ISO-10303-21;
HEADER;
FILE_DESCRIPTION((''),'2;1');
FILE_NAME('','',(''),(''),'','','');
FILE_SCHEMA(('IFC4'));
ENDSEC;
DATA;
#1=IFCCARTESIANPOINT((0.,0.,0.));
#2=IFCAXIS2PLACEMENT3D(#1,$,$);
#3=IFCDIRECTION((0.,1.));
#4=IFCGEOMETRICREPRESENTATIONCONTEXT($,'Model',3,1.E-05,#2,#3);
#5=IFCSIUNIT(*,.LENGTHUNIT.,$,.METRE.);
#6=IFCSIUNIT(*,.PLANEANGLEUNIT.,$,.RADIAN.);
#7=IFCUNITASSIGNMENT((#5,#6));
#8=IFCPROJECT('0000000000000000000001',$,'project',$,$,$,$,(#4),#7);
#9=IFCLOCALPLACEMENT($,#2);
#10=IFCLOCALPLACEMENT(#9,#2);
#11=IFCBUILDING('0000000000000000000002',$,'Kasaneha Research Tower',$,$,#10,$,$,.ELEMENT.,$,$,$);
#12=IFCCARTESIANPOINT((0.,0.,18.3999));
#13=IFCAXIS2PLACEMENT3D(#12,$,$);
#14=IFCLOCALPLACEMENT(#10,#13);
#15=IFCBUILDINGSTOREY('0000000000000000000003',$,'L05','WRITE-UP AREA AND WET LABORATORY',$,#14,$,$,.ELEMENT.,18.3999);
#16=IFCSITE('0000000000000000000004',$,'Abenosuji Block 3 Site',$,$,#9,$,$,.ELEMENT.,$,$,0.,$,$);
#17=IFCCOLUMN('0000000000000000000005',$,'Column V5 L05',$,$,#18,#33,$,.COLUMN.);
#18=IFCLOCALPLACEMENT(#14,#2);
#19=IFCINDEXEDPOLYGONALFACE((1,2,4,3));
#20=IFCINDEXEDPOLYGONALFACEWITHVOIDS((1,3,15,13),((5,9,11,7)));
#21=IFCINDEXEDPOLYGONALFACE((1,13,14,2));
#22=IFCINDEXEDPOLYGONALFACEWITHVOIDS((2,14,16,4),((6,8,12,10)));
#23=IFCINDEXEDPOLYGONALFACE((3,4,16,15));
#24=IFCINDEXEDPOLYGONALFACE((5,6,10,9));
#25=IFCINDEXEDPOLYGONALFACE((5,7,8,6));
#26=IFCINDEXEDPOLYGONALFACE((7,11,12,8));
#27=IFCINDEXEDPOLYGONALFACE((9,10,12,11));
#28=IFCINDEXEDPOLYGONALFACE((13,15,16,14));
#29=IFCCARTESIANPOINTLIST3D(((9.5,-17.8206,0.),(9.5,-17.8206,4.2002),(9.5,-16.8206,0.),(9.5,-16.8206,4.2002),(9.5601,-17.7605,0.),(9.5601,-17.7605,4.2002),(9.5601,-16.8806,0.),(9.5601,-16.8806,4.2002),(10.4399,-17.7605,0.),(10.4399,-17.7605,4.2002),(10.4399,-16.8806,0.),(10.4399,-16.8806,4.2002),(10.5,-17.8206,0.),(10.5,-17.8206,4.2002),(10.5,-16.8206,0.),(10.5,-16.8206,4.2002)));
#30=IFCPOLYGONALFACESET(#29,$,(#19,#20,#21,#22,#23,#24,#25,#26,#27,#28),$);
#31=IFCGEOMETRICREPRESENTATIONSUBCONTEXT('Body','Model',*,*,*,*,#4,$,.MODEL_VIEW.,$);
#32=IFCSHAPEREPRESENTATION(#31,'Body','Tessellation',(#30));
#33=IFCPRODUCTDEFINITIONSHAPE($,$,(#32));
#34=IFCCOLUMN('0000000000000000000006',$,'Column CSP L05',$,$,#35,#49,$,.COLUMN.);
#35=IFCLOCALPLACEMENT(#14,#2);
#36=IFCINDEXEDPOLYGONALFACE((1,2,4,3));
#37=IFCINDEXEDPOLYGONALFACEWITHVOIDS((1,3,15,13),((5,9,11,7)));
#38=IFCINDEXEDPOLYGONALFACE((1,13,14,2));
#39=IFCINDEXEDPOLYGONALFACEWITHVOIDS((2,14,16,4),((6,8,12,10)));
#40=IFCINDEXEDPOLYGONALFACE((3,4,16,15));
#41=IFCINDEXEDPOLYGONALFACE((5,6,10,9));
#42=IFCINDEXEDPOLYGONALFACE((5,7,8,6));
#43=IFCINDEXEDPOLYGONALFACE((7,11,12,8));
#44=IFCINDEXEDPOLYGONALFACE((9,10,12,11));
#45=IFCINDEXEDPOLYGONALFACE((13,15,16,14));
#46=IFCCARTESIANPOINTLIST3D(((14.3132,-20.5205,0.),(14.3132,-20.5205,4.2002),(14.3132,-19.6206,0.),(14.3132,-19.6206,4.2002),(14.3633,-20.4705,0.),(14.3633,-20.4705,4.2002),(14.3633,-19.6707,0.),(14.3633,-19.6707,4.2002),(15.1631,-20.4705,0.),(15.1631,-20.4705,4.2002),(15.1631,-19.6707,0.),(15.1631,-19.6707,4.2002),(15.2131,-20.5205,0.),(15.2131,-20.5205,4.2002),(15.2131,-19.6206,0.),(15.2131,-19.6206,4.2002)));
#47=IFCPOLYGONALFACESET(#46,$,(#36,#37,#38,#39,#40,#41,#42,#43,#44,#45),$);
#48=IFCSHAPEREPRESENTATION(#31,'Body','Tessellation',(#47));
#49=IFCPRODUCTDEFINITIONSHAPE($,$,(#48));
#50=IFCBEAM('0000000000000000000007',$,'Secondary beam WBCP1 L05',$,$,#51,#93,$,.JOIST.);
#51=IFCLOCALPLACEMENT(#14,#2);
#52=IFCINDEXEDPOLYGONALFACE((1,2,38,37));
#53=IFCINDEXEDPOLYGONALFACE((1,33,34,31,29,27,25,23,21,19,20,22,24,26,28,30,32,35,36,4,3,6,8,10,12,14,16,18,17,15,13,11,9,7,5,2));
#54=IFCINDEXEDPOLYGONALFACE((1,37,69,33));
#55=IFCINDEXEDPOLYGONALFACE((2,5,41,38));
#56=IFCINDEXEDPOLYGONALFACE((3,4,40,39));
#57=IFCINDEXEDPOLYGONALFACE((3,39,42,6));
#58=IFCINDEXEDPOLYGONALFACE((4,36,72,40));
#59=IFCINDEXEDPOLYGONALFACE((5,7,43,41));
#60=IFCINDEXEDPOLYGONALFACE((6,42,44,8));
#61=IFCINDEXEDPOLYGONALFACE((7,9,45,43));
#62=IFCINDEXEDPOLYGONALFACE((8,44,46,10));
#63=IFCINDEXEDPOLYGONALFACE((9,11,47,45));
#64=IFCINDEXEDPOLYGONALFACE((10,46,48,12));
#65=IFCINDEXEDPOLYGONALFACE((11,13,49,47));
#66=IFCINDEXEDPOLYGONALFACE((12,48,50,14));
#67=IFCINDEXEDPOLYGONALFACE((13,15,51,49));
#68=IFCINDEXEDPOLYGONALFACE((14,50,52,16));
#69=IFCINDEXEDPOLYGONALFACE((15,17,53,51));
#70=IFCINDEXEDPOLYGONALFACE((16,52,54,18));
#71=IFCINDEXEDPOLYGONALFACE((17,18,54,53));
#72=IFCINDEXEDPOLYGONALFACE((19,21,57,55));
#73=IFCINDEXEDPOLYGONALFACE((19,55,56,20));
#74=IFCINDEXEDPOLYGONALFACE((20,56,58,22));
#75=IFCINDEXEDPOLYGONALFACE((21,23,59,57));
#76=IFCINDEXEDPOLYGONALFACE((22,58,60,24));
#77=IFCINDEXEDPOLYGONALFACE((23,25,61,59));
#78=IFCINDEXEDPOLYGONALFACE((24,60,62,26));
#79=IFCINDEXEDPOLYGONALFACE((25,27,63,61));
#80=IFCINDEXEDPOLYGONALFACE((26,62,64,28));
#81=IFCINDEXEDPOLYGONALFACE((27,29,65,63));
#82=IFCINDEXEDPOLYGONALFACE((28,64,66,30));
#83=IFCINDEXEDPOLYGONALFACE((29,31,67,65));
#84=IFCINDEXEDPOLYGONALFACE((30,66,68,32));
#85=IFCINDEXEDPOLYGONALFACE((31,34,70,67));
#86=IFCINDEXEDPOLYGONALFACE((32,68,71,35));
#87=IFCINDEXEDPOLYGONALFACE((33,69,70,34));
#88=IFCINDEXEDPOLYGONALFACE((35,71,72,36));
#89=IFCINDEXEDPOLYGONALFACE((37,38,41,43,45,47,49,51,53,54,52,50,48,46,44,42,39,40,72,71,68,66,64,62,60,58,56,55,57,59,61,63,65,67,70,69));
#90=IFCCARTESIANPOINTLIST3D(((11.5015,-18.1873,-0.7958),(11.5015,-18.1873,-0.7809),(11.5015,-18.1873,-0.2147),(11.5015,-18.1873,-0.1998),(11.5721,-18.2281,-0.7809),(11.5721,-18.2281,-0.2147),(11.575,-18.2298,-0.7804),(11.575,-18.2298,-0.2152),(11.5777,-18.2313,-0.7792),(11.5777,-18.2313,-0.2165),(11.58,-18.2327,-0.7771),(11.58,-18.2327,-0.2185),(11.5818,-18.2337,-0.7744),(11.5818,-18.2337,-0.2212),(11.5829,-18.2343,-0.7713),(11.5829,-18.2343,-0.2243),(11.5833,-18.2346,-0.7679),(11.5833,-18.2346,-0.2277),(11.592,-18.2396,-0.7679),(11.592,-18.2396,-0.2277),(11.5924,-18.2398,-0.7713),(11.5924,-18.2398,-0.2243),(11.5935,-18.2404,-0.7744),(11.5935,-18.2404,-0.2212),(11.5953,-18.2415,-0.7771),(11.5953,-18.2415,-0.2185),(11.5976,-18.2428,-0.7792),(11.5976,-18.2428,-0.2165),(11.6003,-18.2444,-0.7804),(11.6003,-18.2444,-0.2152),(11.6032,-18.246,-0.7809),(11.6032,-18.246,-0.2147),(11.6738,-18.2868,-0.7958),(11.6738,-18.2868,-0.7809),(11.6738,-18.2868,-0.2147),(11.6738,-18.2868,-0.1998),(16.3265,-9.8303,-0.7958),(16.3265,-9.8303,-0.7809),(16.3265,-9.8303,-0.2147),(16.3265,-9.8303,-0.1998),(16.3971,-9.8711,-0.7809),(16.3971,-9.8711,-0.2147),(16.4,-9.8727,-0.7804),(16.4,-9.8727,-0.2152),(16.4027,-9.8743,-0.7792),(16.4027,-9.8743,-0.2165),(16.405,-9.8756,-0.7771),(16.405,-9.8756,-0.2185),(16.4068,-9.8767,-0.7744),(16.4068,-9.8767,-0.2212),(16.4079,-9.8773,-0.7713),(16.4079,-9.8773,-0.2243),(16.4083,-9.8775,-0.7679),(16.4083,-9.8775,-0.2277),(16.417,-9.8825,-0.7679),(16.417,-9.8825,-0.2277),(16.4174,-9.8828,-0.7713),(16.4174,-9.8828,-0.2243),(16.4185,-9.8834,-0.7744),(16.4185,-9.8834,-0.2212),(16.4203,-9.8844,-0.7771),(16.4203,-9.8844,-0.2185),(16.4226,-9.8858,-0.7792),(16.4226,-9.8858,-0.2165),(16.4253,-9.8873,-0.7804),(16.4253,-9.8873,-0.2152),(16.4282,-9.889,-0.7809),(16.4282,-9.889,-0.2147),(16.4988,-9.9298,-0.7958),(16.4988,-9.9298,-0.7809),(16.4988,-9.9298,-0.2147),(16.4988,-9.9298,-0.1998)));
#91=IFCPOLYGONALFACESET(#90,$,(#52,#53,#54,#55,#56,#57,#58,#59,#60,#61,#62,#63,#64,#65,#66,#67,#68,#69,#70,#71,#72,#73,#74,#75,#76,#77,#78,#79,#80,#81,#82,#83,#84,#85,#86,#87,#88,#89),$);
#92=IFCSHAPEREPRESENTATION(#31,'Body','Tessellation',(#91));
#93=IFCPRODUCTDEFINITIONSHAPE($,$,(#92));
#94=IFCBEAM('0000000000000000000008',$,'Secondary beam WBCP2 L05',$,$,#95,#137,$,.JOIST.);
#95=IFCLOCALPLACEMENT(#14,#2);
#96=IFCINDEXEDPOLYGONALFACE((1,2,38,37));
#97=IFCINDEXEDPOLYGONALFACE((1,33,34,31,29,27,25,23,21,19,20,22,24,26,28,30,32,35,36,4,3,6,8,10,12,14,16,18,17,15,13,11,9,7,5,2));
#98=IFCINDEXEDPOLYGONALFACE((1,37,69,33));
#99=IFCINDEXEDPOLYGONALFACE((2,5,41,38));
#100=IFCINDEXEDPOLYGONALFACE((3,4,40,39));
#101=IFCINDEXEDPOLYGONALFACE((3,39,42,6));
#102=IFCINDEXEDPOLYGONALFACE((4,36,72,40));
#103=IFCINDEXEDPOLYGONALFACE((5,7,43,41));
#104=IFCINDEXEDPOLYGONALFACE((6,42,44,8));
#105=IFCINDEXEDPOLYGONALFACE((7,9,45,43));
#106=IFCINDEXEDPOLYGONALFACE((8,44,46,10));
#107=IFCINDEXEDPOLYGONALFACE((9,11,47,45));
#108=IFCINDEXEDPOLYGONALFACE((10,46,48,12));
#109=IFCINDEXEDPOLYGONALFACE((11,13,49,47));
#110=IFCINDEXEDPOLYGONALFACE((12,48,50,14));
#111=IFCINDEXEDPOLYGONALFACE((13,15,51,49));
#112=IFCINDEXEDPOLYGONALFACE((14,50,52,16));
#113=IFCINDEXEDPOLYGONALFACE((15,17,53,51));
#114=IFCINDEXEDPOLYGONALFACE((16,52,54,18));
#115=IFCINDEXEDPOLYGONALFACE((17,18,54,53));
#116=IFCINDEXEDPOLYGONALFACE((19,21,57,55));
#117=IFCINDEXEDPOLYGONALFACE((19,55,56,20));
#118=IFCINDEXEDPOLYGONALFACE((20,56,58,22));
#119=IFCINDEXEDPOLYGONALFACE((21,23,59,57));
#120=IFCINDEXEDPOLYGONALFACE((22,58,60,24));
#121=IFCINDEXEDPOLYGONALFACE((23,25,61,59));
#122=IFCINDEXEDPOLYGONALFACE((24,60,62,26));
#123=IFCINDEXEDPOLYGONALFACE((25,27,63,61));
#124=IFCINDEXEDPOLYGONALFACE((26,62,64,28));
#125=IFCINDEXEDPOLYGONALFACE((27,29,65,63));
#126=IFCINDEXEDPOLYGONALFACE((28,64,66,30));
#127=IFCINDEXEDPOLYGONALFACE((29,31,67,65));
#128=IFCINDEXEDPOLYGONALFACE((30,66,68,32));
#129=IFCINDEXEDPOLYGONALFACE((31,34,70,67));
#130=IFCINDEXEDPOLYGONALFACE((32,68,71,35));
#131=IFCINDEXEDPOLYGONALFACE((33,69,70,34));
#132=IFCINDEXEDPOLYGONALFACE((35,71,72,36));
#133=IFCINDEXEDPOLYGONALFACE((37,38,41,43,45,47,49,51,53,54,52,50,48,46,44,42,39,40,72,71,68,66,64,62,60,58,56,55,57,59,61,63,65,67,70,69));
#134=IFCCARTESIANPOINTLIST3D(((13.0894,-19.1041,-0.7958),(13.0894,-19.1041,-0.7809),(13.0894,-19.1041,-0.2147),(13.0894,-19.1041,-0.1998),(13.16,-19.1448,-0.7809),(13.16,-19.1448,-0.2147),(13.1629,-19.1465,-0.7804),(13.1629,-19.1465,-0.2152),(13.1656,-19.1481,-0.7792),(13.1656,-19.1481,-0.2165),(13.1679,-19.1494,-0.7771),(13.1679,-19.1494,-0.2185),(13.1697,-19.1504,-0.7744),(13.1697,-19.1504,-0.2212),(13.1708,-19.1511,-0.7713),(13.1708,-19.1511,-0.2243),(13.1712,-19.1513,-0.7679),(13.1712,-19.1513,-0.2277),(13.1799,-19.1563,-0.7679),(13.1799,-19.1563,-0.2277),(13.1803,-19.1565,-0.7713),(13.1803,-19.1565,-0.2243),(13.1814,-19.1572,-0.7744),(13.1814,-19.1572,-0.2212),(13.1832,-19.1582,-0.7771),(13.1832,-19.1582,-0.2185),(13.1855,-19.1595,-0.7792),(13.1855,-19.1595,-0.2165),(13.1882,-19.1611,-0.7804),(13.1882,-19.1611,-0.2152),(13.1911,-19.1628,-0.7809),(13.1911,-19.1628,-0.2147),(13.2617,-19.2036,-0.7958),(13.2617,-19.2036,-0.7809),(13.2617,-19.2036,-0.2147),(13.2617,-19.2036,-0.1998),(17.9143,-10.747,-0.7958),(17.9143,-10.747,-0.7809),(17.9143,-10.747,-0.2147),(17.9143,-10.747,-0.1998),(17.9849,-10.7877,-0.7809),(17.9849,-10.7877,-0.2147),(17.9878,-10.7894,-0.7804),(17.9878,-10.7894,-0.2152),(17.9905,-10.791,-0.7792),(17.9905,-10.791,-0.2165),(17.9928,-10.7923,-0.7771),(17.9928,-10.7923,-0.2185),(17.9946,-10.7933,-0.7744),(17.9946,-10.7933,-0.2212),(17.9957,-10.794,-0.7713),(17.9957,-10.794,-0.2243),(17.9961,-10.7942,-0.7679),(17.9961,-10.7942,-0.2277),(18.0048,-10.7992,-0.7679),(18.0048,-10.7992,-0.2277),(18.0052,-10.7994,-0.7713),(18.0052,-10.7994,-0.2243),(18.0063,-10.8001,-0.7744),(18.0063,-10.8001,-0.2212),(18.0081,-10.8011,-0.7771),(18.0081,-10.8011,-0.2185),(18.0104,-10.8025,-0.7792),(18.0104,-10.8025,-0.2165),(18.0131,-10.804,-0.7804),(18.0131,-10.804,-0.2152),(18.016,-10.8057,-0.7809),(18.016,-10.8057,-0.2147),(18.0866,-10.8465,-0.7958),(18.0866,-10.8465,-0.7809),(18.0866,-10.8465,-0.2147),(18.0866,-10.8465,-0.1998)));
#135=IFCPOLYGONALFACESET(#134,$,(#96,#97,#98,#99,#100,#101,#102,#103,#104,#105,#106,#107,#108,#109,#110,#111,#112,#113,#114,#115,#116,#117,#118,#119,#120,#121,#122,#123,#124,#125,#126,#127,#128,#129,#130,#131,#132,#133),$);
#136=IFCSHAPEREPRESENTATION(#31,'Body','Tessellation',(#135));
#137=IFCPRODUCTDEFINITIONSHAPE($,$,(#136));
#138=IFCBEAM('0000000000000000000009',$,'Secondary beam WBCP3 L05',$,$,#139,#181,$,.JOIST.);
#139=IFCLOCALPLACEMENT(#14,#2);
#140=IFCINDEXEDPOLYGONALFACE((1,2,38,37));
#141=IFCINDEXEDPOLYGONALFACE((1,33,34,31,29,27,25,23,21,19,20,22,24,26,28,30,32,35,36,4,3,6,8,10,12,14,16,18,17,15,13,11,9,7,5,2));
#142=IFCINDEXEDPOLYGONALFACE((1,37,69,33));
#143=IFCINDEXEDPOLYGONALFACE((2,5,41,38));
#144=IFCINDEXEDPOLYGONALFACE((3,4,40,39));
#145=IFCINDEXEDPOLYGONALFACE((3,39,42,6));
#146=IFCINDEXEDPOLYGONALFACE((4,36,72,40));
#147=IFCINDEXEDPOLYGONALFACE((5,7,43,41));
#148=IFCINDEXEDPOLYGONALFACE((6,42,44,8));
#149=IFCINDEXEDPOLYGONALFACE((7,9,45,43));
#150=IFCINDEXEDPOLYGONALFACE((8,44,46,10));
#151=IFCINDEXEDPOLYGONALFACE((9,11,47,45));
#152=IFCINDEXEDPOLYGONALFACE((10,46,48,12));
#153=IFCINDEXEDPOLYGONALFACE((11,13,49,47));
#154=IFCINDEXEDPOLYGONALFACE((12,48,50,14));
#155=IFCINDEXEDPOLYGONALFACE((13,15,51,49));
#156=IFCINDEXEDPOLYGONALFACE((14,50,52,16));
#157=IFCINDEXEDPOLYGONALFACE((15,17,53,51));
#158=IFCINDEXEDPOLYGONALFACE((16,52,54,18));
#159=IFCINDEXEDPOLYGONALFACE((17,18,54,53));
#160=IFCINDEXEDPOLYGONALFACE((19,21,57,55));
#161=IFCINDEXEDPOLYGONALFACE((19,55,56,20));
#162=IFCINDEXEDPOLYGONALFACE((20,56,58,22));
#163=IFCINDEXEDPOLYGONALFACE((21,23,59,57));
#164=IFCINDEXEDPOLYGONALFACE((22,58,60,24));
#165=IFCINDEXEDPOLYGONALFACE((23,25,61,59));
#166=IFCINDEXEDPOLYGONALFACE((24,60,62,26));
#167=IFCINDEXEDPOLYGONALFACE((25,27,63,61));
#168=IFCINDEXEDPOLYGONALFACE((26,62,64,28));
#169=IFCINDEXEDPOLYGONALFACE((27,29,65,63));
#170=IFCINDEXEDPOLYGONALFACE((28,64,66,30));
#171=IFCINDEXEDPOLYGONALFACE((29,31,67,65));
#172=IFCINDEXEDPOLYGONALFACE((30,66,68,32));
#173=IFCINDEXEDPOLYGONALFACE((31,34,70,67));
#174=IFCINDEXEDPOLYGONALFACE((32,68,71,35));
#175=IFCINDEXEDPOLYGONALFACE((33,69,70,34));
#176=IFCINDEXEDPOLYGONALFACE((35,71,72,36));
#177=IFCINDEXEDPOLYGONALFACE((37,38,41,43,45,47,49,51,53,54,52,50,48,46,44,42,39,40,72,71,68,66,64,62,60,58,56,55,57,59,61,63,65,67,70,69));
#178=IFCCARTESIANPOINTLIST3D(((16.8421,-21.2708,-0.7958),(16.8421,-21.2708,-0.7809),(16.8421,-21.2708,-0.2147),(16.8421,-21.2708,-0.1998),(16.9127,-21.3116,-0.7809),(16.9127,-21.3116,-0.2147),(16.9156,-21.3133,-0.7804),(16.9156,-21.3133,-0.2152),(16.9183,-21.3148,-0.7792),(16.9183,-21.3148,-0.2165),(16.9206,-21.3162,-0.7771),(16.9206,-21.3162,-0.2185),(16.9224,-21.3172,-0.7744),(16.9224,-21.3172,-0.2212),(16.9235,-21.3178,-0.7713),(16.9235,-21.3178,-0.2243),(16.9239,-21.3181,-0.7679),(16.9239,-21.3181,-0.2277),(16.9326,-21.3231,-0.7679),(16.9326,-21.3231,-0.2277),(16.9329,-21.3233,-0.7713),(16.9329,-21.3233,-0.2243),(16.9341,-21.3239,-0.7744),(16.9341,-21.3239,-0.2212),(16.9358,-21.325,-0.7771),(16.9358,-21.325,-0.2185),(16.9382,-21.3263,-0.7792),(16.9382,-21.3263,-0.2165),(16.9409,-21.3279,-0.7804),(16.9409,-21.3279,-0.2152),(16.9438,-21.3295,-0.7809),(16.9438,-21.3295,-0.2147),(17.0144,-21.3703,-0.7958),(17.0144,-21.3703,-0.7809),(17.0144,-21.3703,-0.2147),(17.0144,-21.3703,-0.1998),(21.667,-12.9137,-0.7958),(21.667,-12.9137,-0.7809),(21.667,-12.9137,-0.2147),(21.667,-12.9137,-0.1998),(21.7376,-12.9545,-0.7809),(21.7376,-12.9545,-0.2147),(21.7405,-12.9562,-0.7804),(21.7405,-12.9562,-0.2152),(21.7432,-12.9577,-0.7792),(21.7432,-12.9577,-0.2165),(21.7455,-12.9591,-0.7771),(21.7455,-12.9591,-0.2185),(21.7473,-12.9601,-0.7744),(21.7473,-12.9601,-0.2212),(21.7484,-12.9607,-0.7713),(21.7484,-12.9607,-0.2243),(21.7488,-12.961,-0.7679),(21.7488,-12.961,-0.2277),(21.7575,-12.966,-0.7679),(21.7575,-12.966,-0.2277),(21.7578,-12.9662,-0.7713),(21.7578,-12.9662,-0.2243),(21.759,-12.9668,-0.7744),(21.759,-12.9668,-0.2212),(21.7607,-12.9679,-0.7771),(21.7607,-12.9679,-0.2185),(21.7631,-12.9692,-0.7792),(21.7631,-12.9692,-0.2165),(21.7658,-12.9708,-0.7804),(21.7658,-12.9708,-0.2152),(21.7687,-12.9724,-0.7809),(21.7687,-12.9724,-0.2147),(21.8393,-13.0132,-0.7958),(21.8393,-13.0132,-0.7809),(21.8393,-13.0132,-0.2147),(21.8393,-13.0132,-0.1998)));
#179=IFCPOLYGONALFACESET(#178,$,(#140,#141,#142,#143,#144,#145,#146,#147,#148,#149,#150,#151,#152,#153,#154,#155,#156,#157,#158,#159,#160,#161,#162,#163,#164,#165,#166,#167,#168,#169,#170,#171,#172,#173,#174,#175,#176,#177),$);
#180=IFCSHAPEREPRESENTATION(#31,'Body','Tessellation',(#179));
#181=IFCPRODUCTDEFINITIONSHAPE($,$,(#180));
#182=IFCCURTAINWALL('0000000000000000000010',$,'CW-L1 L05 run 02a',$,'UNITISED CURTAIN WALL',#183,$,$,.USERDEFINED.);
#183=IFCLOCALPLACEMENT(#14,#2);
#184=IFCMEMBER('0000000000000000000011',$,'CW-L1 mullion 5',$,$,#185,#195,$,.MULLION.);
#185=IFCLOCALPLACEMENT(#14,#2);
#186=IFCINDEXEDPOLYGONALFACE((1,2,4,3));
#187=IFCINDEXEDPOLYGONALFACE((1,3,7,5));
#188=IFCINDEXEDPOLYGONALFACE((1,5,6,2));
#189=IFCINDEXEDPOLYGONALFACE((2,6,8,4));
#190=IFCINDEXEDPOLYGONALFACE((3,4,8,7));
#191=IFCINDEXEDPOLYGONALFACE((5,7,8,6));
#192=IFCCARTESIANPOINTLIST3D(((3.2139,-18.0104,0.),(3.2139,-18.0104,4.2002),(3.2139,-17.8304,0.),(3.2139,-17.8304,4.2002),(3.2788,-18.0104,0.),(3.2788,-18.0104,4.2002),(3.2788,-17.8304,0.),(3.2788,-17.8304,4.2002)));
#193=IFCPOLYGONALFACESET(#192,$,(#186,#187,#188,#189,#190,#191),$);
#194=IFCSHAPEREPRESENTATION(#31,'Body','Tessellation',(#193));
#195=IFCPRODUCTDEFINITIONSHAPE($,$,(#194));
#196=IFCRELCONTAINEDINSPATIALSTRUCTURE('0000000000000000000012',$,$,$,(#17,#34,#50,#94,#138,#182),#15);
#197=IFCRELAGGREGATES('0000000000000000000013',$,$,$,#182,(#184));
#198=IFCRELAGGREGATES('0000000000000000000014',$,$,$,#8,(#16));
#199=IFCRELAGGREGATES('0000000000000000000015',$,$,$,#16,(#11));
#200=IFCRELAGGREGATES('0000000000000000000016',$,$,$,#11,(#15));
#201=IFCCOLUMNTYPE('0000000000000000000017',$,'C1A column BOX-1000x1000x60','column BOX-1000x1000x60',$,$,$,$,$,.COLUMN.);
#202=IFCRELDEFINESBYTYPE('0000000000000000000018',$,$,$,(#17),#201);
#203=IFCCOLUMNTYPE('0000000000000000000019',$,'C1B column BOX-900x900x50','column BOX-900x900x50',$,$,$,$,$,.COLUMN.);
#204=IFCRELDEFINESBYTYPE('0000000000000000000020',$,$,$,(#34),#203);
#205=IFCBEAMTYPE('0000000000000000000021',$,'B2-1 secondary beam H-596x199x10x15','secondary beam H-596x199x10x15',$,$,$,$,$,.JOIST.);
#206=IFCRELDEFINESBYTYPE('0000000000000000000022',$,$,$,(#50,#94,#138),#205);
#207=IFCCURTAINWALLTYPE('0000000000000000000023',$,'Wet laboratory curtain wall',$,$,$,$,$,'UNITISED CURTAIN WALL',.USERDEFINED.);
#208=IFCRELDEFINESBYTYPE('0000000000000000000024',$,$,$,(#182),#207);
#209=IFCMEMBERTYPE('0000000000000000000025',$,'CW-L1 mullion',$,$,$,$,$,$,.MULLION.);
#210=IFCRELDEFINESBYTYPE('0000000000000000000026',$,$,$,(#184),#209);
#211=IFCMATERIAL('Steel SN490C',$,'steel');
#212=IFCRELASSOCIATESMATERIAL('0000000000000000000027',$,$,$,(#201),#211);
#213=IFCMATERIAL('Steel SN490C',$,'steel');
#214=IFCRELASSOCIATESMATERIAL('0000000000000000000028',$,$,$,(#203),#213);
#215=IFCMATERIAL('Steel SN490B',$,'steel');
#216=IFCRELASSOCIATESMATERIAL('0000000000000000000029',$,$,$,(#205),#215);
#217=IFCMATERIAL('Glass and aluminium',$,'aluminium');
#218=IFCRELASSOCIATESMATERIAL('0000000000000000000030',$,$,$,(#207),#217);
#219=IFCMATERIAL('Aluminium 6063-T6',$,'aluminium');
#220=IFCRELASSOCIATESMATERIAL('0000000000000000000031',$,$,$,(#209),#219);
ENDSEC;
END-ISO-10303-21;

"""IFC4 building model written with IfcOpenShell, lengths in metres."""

from ifc_helpers import new_model, si_unit, direction, frame, origin, origin_2d, place, context, subcontext, project, spatial, rectangle, hollow_rectangle, i_section, extrude, material, material_profile, profile_set, type_object, element, aggregate, save


model = new_model("IFC4")

# Units and contexts
model_context = context("Model", 3, precision=1e-05, world=origin(), true_north=direction((0.0, 1.0)))
body_context = subcontext(model_context, "Body", "Model", "MODEL_VIEW")
ifc_project = project(units=[si_unit("LENGTHUNIT", "METRE"), si_unit("PLANEANGLEUNIT", "RADIAN")], contexts=[model_context])

# Site, building, storey
site_placement = place(None, origin())
site = spatial("IfcSite", under=ifc_project, at=site_placement, Name="Abenosuji Block 3 Site", CompositionType="ELEMENT", RefElevation=0.0)
building_placement = place(site_placement, origin())
building = spatial("IfcBuilding", under=site, at=building_placement, Name="Kasaneha Research Tower", CompositionType="ELEMENT")
storey_placement = place(building_placement, frame((0.0, 0.0, 18.3999)))
storey = spatial("IfcBuildingStorey", under=building, at=storey_placement, Name="L05", Description="WRITE-UP AREA AND WET LABORATORY", CompositionType="ELEMENT", Elevation=18.3999)

# Columns
ifc_material_1 = material(Name="Steel SN490C", Category="steel")
ifc_material_profile_1 = material_profile(ifc_material_1, hollow_rectangle(XDim=1.0, YDim=1.0, WallThickness=0.0601, at=origin_2d()), Name="BOX-1000x1000x60")
ifc_profile_set_1 = profile_set([ifc_material_profile_1], Name="Steel SN490C")
column_type_1 = type_object("IfcColumnType", Name="C1A column BOX-1000x1000x60", Description="column BOX-1000x1000x60", PredefinedType="COLUMN", material=ifc_profile_set_1)
column_1_placement = place(storey_placement, frame((10.0, -17.3206, 0.0), z_axis=(0.0, 0.0, 1.0), x_axis=(1.0, 0.0, 0.0)))
element("IfcColumn", 1, at=column_1_placement, inside=storey, type_object=column_type_1, Name="Column V5 L05", PredefinedType="COLUMN", context=body_context, shape_type="SweptSolid", body=[
    extrude(hollow_rectangle(XDim=1.0, YDim=1.0, WallThickness=0.0601, at=origin_2d()), origin(), (0.0, 0.0, 1.0), 4.2002),
])
ifc_material_2 = material(Name="Steel SN490C", Category="steel")
ifc_material_profile_2 = material_profile(ifc_material_2, hollow_rectangle(XDim=0.8999, YDim=0.8999, WallThickness=0.05, at=origin_2d()), Name="BOX-900x900x50")
ifc_profile_set_2 = profile_set([ifc_material_profile_2], Name="Steel SN490C")
column_type_2 = type_object("IfcColumnType", Name="C1B column BOX-900x900x50", Description="column BOX-900x900x50", PredefinedType="COLUMN", material=ifc_profile_set_2)
column_2_placement = place(storey_placement, frame((14.7632, -20.0706, 0.0), z_axis=(0.0, 0.0, 1.0), x_axis=(1.0, 0.0, 0.0)))
element("IfcColumn", 2, at=column_2_placement, inside=storey, type_object=column_type_2, Name="Column CSP L05", PredefinedType="COLUMN", context=body_context, shape_type="SweptSolid", body=[
    extrude(hollow_rectangle(XDim=0.8999, YDim=0.8999, WallThickness=0.05, at=origin_2d()), origin(), (0.0, 0.0, 1.0), 4.2002),
])

# Beams
ifc_material_3 = material(Name="Steel SN490B", Category="steel")
ifc_material_profile_3 = material_profile(ifc_material_3, i_section(OverallWidth=0.199, OverallDepth=0.5959, WebThickness=0.01, FlangeThickness=0.0149, FilletRadius=0.0129, at=origin_2d()), Name="H-596x199x10x15")
ifc_profile_set_3 = profile_set([ifc_material_profile_3], Name="Steel SN490B")
beam_type_1 = type_object("IfcBeamType", Name="B2-1 secondary beam H-596x199x10x15", Description="secondary beam H-596x199x10x15", PredefinedType="JOIST", material=ifc_profile_set_3)
for number, where, z_axis, x_axis, name in (
    (3, (11.5876, -18.2371, -0.4978), (0.500006, 0.866022, 0.0), (-0.866022, 0.500006, 0.0), "Secondary beam WBCP1 L05"),
    (4, (13.1755, -19.1538, -0.4978), (0.499995, 0.866028, 0.0), (-0.866028, 0.499995, 0.0), "Secondary beam WBCP2 L05"),
    (5, (16.9282, -21.3206, -0.4978), (0.499995, 0.866028, 0.0), (-0.866028, 0.499995, 0.0), "Secondary beam WBCP3 L05"),
):
    element("IfcBeam", number, at=place(storey_placement, frame(where, z_axis=z_axis, x_axis=x_axis)), inside=storey, type_object=beam_type_1, Name=name, PredefinedType="JOIST", context=body_context, shape_type="SweptSolid", body=[
        extrude(i_section(OverallWidth=0.199, OverallDepth=0.5959, WebThickness=0.01, FlangeThickness=0.0149, FilletRadius=0.0129, at=origin_2d()), origin(), (0.0, 0.0, 1.0), 9.6499),
    ])

# Curtain wall, member
ifc_material_4 = material(Name="Glass and aluminium", Category="aluminium")
curtain_wall_type = type_object("IfcCurtainWallType", Name="Wet laboratory curtain wall", ElementType="UNITISED CURTAIN WALL", PredefinedType="USERDEFINED", material=ifc_material_4)
curtain_wall_1_placement = place(storey_placement, origin())
curtain_wall_1 = element("IfcCurtainWall", 6, at=curtain_wall_1_placement, inside=storey, type_object=curtain_wall_type, Name="CW-L1 L05 run 02a", ObjectType="UNITISED CURTAIN WALL", PredefinedType="USERDEFINED")
ifc_material_5 = material(Name="Aluminium 6063-T6", Category="aluminium")
ifc_material_profile_4 = material_profile(ifc_material_5, rectangle(XDim=0.0649, YDim=0.1799, at=origin_2d()), Name="CW-L1 mullion 65x180")
ifc_profile_set_4 = profile_set([ifc_material_profile_4], Name="Aluminium 6063-T6")
member_type_1 = type_object("IfcMemberType", Name="CW-L1 mullion", PredefinedType="MULLION", material=ifc_profile_set_4)
member_1_placement = place(storey_placement, frame((3.2463, -17.9204, 0.0), z_axis=(0.0, 0.0, 1.0), x_axis=(1.0, 0.0, 0.0)))
member_1 = element("IfcMember", 7, at=member_1_placement, type_object=member_type_1, Name="CW-L1 mullion 5", PredefinedType="MULLION", context=body_context, shape_type="SweptSolid", body=[
    extrude(rectangle(XDim=0.0649, YDim=0.1799, at=origin_2d()), origin(), (0.0, 0.0, 1.0), 4.2002),
])

aggregate(curtain_wall_1, [member_1])

save(model, "model.ifc")
